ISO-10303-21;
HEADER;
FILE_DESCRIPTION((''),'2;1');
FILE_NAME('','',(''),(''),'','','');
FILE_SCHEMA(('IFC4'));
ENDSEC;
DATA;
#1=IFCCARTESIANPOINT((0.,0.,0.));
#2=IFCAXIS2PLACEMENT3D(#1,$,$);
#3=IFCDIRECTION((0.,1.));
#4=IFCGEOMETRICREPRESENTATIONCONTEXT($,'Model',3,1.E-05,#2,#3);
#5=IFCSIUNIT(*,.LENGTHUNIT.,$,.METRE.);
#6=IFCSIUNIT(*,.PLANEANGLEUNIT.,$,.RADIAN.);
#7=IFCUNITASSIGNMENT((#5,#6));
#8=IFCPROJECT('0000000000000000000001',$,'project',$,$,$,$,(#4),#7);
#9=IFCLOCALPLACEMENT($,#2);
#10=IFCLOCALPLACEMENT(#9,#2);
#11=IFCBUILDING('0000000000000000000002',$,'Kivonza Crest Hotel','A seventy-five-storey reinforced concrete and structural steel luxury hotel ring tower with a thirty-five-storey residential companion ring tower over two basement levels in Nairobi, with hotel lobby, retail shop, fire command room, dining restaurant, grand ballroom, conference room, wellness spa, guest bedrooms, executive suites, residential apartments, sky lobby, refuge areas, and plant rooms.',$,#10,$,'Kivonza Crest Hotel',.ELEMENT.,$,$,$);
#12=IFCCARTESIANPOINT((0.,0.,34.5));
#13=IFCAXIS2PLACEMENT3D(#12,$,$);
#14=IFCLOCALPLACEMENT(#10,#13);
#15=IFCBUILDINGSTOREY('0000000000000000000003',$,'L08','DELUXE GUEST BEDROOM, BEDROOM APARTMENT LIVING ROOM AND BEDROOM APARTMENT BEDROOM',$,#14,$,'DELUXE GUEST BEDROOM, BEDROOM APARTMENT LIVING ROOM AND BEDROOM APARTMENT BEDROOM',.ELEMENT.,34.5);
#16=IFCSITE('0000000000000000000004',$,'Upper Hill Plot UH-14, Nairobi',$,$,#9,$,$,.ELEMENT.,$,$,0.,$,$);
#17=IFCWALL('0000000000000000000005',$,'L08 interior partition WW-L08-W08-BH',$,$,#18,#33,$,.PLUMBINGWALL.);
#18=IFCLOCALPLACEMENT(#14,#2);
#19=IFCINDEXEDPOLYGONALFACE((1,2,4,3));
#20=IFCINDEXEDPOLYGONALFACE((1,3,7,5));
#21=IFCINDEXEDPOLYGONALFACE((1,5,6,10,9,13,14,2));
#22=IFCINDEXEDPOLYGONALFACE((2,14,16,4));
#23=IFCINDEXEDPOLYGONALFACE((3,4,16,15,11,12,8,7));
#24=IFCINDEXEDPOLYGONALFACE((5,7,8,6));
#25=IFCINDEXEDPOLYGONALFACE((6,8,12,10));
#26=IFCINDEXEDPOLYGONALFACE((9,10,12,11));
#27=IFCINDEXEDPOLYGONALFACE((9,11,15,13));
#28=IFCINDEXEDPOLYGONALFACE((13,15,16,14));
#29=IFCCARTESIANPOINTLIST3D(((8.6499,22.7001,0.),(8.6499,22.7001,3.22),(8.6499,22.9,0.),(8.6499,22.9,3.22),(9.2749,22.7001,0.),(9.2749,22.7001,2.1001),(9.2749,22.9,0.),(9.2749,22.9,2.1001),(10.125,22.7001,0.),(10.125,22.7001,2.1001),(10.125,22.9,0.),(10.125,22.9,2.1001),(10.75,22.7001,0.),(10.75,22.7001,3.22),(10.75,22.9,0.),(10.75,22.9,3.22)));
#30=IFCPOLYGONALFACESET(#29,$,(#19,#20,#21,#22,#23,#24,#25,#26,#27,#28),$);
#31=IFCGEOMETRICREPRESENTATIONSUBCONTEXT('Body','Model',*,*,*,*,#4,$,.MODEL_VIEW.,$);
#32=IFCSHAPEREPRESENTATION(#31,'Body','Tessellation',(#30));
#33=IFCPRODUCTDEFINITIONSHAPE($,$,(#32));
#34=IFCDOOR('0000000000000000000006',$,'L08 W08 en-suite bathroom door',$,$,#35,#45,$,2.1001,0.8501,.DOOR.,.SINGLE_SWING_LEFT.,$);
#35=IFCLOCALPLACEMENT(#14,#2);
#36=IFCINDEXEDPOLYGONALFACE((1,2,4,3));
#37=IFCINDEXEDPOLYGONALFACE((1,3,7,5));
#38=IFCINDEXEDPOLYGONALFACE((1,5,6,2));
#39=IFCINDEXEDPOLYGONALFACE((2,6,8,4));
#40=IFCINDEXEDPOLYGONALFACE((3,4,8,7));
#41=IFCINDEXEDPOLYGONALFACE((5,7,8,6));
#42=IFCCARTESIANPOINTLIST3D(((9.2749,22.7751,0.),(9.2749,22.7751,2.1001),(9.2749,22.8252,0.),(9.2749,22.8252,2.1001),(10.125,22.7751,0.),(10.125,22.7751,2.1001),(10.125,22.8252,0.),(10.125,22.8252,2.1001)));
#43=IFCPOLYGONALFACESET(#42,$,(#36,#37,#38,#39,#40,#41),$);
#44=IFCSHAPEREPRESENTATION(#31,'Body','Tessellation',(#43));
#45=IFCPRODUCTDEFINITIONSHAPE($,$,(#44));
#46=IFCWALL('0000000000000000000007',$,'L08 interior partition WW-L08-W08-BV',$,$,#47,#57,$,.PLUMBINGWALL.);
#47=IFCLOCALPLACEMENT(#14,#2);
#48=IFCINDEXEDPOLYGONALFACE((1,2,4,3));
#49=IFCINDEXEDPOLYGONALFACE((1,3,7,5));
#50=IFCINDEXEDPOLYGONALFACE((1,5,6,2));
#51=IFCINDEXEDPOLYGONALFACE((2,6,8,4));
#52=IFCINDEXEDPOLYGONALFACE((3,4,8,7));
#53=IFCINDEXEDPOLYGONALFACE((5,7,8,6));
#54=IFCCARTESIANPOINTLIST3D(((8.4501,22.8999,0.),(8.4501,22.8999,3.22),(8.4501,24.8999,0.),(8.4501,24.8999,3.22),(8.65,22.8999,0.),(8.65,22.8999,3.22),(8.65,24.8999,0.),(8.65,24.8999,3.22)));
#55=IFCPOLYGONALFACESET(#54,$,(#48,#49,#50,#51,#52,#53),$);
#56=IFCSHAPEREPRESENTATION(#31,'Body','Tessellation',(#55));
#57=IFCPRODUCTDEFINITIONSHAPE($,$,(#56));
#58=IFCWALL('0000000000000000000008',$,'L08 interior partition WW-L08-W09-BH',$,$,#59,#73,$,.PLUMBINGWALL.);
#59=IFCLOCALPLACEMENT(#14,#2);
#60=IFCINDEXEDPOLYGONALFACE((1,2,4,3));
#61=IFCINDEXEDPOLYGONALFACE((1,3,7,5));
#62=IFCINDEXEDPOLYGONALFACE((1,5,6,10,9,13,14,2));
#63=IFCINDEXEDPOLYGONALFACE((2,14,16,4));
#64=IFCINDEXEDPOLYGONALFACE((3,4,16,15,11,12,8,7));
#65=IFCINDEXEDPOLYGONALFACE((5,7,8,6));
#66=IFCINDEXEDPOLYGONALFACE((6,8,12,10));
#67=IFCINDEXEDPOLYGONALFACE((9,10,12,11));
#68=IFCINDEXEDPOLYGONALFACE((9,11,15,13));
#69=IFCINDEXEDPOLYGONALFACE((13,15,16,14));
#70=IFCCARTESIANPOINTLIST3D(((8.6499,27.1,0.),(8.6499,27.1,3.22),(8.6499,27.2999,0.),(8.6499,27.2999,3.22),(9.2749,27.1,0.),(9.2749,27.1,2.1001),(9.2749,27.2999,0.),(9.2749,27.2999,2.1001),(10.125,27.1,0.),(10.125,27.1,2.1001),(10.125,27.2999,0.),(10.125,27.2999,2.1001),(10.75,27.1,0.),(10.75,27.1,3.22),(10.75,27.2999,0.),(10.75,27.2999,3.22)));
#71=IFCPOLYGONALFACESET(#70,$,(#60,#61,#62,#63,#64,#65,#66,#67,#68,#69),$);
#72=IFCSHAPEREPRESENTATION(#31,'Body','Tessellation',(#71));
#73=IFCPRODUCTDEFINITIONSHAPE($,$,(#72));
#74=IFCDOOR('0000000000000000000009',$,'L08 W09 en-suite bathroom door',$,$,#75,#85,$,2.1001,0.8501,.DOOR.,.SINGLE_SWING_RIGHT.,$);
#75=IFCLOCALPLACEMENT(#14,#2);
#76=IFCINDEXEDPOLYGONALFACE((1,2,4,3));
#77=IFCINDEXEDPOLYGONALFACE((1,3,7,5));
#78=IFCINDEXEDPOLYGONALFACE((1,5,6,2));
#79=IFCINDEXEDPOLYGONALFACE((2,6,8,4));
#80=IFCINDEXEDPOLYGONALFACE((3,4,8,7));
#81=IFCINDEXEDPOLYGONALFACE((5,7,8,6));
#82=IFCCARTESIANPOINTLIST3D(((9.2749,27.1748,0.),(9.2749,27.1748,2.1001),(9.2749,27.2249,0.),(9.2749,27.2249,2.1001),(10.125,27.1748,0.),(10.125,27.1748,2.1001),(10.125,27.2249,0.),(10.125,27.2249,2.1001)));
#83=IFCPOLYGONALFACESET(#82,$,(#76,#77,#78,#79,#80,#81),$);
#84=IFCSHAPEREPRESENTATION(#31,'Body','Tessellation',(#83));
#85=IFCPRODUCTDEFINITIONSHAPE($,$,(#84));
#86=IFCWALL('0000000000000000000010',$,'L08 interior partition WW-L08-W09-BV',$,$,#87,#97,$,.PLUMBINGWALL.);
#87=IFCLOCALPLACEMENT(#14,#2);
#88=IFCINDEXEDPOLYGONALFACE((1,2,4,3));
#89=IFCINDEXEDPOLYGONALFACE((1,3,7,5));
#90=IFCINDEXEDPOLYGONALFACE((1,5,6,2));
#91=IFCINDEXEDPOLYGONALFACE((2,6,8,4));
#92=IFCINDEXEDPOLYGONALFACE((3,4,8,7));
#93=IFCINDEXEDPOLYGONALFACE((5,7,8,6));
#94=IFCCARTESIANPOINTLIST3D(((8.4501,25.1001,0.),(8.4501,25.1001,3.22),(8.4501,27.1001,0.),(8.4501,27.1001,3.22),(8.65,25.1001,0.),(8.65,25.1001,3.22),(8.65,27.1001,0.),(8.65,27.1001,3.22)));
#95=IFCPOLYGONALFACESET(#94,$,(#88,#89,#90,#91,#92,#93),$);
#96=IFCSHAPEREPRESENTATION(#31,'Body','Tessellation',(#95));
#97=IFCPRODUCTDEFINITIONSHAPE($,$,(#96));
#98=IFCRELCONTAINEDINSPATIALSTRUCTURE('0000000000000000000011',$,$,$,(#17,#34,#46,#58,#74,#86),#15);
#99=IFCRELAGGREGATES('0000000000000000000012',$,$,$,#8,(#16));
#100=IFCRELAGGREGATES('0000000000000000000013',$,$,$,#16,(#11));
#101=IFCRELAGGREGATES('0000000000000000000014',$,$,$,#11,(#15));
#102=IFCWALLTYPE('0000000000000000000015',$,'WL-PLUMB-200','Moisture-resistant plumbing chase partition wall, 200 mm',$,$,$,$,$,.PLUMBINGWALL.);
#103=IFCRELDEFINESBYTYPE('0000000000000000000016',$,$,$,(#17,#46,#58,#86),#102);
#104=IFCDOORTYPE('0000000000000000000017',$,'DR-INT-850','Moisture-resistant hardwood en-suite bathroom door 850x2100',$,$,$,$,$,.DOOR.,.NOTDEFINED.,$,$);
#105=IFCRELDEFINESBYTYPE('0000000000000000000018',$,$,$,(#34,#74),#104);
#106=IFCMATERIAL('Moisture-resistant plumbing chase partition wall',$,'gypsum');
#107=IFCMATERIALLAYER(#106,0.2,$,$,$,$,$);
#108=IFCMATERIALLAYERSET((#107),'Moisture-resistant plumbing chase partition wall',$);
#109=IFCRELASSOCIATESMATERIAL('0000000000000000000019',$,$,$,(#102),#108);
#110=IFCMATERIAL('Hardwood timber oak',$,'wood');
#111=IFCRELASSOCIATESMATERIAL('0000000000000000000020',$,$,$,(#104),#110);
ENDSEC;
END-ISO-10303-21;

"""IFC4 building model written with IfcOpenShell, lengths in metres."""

from ifc_helpers import new_model, si_unit, direction, frame, frame_2d, origin, place, context, subcontext, project, spatial, rectangle, extrude, material, layer, layer_set, type_object, element, fill, save


model = new_model("IFC4")

# Units and contexts
model_context = context("Model", 3, precision=1e-05, world=origin(), true_north=direction((0.0, 1.0)))
body_context = subcontext(model_context, "Body", "Model", "MODEL_VIEW")
ifc_project = project(units=[si_unit("LENGTHUNIT", "METRE"), si_unit("PLANEANGLEUNIT", "RADIAN")], contexts=[model_context])

# Site, building, storey
site_placement = place(None, origin())
site = spatial("IfcSite", under=ifc_project, at=site_placement, Name="Upper Hill Plot UH-14, Nairobi", CompositionType="ELEMENT", RefElevation=0.0)
building_placement = place(site_placement, origin())
building = spatial("IfcBuilding", under=site, at=building_placement, Name="Kivonza Crest Hotel", Description="A seventy-five-storey reinforced concrete and structural steel luxury hotel ring tower with a thirty-five-storey residential companion ring tower over two basement levels in Nairobi, with hotel lobby, retail shop, fire command room, dining restaurant, grand ballroom, conference room, wellness spa, guest bedrooms, executive suites, residential apartments, sky lobby, refuge areas, and plant rooms.", LongName="Kivonza Crest Hotel", CompositionType="ELEMENT")
storey_placement = place(building_placement, frame((0.0, 0.0, 34.5)))
storey = spatial("IfcBuildingStorey", under=building, at=storey_placement, Name="L08", Description="DELUXE GUEST BEDROOM, BEDROOM APARTMENT LIVING ROOM AND BEDROOM APARTMENT BEDROOM", LongName="DELUXE GUEST BEDROOM, BEDROOM APARTMENT LIVING ROOM AND BEDROOM APARTMENT BEDROOM", CompositionType="ELEMENT", Elevation=34.5)

# Shared definitions
ifc_material_1 = material(Name="Hardwood timber oak", Category="wood")

# Wall, opening, door
ifc_material_2 = material(Name="Moisture-resistant plumbing chase partition wall", Category="gypsum")
ifc_layer_1 = layer(ifc_material_2, 0.2)
ifc_layer_set_1 = layer_set([ifc_layer_1], Name="Moisture-resistant plumbing chase partition wall")
wall_type_1 = type_object("IfcWallType", Name="WL-PLUMB-200", Description="Moisture-resistant plumbing chase partition wall, 200 mm", PredefinedType="PLUMBINGWALL", material=ifc_layer_set_1)
wall_1_placement = place(storey_placement, frame((8.6499, 22.8, 0.0), z_axis=(0.0, 0.0, 1.0), x_axis=(1.0, 0.0, 0.0)))
wall_1 = element("IfcWall", 1, at=wall_1_placement, inside=storey, type_object=wall_type_1, Name="L08 interior partition WW-L08-W08-BH", PredefinedType="PLUMBINGWALL", context=body_context, shape_type="SweptSolid", body=[
    extrude(rectangle(XDim=2.1001, YDim=0.2, at=frame_2d((1.05, 0.0))), origin(), (0.0, 0.0, 1.0), 3.22),
])
opening_1_placement = place(wall_1_placement, frame((0.625, 0.0, 0.0)))
opening_1 = element("IfcOpeningElement", 2, at=opening_1_placement, cuts=wall_1, PredefinedType="OPENING", context=body_context, shape_type="SweptSolid", body=[
    extrude(rectangle(XDim=0.8501, YDim=2.1001, at=frame_2d((0.425, 1.05))), frame((0.0, 0.1099, 0.0), z_axis=(0.0, -1.0, 0.0), x_axis=(1.0, 0.0, 0.0)), (0.0, 0.0, 1.0), 0.22),
])
door_type_1 = type_object("IfcDoorType", Name="DR-INT-850", Description="Moisture-resistant hardwood en-suite bathroom door 850x2100", OperationType="NOTDEFINED", PredefinedType="DOOR", material=ifc_material_1)
door_1_placement = place(opening_1_placement, frame((0.8501, 0.0, 0.0), z_axis=(0.0, 0.0, 1.0), x_axis=(-1.0, 0.0, 0.0)))
door_1 = element("IfcDoor", 3, at=door_1_placement, inside=storey, type_object=door_type_1, Name="L08 W08 en-suite bathroom door", OperationType="SINGLE_SWING_LEFT", OverallHeight=2.1001, OverallWidth=0.8501, PredefinedType="DOOR", context=body_context, shape_type="SweptSolid", body=[
    extrude(rectangle(XDim=0.8501, YDim=2.1001, at=frame_2d((0.425, 1.05))), frame((0.0, 0.0249, 0.0), z_axis=(0.0, -1.0, 0.0), x_axis=(1.0, 0.0, 0.0)), (0.0, 0.0, 1.0), 0.05),
])
fill(opening_1, door_1)

# Wall
wall_2_placement = place(storey_placement, frame((8.55, 22.8999, 0.0), z_axis=(0.0, 0.0, 1.0), x_axis=(0.0, 1.0, 0.0)))
element("IfcWall", 4, at=wall_2_placement, inside=storey, type_object=wall_type_1, Name="L08 interior partition WW-L08-W08-BV", PredefinedType="PLUMBINGWALL", context=body_context, shape_type="SweptSolid", body=[
    extrude(rectangle(XDim=2.0, YDim=0.2, at=frame_2d((1.0, 0.0))), origin(), (0.0, 0.0, 1.0), 3.22),
])

# Wall, opening, door
wall_3_placement = place(storey_placement, frame((8.6499, 27.2, 0.0), z_axis=(0.0, 0.0, 1.0), x_axis=(1.0, 0.0, 0.0)))
wall_3 = element("IfcWall", 5, at=wall_3_placement, inside=storey, type_object=wall_type_1, Name="L08 interior partition WW-L08-W09-BH", PredefinedType="PLUMBINGWALL", context=body_context, shape_type="SweptSolid", body=[
    extrude(rectangle(XDim=2.1001, YDim=0.2, at=frame_2d((1.05, 0.0))), origin(), (0.0, 0.0, 1.0), 3.22),
])
opening_2_placement = place(wall_3_placement, frame((0.625, 0.0, 0.0)))
opening_2 = element("IfcOpeningElement", 6, at=opening_2_placement, cuts=wall_3, PredefinedType="OPENING", context=body_context, shape_type="SweptSolid", body=[
    extrude(rectangle(XDim=0.8501, YDim=2.1001, at=frame_2d((0.425, 1.05))), frame((0.0, 0.1099, 0.0), z_axis=(0.0, -1.0, 0.0), x_axis=(1.0, 0.0, 0.0)), (0.0, 0.0, 1.0), 0.22),
])
door_2_placement = place(opening_2_placement, origin())
door_2 = element("IfcDoor", 7, at=door_2_placement, inside=storey, type_object=door_type_1, Name="L08 W09 en-suite bathroom door", OperationType="SINGLE_SWING_RIGHT", OverallHeight=2.1001, OverallWidth=0.8501, PredefinedType="DOOR", context=body_context, shape_type="SweptSolid", body=[
    extrude(rectangle(XDim=0.8501, YDim=2.1001, at=frame_2d((0.425, 1.05))), frame((0.0, 0.0249, 0.0), z_axis=(0.0, -1.0, 0.0), x_axis=(1.0, 0.0, 0.0)), (0.0, 0.0, 1.0), 0.05),
])
fill(opening_2, door_2)

# Wall
wall_4_placement = place(storey_placement, frame((8.55, 25.1001, 0.0), z_axis=(0.0, 0.0, 1.0), x_axis=(0.0, 1.0, 0.0)))
element("IfcWall", 8, at=wall_4_placement, inside=storey, type_object=wall_type_1, Name="L08 interior partition WW-L08-W09-BV", PredefinedType="PLUMBINGWALL", context=body_context, shape_type="SweptSolid", body=[
    extrude(rectangle(XDim=2.0, YDim=0.2, at=frame_2d((1.0, 0.0))), origin(), (0.0, 0.0, 1.0), 3.22),
])

save(model, "model.ifc")
